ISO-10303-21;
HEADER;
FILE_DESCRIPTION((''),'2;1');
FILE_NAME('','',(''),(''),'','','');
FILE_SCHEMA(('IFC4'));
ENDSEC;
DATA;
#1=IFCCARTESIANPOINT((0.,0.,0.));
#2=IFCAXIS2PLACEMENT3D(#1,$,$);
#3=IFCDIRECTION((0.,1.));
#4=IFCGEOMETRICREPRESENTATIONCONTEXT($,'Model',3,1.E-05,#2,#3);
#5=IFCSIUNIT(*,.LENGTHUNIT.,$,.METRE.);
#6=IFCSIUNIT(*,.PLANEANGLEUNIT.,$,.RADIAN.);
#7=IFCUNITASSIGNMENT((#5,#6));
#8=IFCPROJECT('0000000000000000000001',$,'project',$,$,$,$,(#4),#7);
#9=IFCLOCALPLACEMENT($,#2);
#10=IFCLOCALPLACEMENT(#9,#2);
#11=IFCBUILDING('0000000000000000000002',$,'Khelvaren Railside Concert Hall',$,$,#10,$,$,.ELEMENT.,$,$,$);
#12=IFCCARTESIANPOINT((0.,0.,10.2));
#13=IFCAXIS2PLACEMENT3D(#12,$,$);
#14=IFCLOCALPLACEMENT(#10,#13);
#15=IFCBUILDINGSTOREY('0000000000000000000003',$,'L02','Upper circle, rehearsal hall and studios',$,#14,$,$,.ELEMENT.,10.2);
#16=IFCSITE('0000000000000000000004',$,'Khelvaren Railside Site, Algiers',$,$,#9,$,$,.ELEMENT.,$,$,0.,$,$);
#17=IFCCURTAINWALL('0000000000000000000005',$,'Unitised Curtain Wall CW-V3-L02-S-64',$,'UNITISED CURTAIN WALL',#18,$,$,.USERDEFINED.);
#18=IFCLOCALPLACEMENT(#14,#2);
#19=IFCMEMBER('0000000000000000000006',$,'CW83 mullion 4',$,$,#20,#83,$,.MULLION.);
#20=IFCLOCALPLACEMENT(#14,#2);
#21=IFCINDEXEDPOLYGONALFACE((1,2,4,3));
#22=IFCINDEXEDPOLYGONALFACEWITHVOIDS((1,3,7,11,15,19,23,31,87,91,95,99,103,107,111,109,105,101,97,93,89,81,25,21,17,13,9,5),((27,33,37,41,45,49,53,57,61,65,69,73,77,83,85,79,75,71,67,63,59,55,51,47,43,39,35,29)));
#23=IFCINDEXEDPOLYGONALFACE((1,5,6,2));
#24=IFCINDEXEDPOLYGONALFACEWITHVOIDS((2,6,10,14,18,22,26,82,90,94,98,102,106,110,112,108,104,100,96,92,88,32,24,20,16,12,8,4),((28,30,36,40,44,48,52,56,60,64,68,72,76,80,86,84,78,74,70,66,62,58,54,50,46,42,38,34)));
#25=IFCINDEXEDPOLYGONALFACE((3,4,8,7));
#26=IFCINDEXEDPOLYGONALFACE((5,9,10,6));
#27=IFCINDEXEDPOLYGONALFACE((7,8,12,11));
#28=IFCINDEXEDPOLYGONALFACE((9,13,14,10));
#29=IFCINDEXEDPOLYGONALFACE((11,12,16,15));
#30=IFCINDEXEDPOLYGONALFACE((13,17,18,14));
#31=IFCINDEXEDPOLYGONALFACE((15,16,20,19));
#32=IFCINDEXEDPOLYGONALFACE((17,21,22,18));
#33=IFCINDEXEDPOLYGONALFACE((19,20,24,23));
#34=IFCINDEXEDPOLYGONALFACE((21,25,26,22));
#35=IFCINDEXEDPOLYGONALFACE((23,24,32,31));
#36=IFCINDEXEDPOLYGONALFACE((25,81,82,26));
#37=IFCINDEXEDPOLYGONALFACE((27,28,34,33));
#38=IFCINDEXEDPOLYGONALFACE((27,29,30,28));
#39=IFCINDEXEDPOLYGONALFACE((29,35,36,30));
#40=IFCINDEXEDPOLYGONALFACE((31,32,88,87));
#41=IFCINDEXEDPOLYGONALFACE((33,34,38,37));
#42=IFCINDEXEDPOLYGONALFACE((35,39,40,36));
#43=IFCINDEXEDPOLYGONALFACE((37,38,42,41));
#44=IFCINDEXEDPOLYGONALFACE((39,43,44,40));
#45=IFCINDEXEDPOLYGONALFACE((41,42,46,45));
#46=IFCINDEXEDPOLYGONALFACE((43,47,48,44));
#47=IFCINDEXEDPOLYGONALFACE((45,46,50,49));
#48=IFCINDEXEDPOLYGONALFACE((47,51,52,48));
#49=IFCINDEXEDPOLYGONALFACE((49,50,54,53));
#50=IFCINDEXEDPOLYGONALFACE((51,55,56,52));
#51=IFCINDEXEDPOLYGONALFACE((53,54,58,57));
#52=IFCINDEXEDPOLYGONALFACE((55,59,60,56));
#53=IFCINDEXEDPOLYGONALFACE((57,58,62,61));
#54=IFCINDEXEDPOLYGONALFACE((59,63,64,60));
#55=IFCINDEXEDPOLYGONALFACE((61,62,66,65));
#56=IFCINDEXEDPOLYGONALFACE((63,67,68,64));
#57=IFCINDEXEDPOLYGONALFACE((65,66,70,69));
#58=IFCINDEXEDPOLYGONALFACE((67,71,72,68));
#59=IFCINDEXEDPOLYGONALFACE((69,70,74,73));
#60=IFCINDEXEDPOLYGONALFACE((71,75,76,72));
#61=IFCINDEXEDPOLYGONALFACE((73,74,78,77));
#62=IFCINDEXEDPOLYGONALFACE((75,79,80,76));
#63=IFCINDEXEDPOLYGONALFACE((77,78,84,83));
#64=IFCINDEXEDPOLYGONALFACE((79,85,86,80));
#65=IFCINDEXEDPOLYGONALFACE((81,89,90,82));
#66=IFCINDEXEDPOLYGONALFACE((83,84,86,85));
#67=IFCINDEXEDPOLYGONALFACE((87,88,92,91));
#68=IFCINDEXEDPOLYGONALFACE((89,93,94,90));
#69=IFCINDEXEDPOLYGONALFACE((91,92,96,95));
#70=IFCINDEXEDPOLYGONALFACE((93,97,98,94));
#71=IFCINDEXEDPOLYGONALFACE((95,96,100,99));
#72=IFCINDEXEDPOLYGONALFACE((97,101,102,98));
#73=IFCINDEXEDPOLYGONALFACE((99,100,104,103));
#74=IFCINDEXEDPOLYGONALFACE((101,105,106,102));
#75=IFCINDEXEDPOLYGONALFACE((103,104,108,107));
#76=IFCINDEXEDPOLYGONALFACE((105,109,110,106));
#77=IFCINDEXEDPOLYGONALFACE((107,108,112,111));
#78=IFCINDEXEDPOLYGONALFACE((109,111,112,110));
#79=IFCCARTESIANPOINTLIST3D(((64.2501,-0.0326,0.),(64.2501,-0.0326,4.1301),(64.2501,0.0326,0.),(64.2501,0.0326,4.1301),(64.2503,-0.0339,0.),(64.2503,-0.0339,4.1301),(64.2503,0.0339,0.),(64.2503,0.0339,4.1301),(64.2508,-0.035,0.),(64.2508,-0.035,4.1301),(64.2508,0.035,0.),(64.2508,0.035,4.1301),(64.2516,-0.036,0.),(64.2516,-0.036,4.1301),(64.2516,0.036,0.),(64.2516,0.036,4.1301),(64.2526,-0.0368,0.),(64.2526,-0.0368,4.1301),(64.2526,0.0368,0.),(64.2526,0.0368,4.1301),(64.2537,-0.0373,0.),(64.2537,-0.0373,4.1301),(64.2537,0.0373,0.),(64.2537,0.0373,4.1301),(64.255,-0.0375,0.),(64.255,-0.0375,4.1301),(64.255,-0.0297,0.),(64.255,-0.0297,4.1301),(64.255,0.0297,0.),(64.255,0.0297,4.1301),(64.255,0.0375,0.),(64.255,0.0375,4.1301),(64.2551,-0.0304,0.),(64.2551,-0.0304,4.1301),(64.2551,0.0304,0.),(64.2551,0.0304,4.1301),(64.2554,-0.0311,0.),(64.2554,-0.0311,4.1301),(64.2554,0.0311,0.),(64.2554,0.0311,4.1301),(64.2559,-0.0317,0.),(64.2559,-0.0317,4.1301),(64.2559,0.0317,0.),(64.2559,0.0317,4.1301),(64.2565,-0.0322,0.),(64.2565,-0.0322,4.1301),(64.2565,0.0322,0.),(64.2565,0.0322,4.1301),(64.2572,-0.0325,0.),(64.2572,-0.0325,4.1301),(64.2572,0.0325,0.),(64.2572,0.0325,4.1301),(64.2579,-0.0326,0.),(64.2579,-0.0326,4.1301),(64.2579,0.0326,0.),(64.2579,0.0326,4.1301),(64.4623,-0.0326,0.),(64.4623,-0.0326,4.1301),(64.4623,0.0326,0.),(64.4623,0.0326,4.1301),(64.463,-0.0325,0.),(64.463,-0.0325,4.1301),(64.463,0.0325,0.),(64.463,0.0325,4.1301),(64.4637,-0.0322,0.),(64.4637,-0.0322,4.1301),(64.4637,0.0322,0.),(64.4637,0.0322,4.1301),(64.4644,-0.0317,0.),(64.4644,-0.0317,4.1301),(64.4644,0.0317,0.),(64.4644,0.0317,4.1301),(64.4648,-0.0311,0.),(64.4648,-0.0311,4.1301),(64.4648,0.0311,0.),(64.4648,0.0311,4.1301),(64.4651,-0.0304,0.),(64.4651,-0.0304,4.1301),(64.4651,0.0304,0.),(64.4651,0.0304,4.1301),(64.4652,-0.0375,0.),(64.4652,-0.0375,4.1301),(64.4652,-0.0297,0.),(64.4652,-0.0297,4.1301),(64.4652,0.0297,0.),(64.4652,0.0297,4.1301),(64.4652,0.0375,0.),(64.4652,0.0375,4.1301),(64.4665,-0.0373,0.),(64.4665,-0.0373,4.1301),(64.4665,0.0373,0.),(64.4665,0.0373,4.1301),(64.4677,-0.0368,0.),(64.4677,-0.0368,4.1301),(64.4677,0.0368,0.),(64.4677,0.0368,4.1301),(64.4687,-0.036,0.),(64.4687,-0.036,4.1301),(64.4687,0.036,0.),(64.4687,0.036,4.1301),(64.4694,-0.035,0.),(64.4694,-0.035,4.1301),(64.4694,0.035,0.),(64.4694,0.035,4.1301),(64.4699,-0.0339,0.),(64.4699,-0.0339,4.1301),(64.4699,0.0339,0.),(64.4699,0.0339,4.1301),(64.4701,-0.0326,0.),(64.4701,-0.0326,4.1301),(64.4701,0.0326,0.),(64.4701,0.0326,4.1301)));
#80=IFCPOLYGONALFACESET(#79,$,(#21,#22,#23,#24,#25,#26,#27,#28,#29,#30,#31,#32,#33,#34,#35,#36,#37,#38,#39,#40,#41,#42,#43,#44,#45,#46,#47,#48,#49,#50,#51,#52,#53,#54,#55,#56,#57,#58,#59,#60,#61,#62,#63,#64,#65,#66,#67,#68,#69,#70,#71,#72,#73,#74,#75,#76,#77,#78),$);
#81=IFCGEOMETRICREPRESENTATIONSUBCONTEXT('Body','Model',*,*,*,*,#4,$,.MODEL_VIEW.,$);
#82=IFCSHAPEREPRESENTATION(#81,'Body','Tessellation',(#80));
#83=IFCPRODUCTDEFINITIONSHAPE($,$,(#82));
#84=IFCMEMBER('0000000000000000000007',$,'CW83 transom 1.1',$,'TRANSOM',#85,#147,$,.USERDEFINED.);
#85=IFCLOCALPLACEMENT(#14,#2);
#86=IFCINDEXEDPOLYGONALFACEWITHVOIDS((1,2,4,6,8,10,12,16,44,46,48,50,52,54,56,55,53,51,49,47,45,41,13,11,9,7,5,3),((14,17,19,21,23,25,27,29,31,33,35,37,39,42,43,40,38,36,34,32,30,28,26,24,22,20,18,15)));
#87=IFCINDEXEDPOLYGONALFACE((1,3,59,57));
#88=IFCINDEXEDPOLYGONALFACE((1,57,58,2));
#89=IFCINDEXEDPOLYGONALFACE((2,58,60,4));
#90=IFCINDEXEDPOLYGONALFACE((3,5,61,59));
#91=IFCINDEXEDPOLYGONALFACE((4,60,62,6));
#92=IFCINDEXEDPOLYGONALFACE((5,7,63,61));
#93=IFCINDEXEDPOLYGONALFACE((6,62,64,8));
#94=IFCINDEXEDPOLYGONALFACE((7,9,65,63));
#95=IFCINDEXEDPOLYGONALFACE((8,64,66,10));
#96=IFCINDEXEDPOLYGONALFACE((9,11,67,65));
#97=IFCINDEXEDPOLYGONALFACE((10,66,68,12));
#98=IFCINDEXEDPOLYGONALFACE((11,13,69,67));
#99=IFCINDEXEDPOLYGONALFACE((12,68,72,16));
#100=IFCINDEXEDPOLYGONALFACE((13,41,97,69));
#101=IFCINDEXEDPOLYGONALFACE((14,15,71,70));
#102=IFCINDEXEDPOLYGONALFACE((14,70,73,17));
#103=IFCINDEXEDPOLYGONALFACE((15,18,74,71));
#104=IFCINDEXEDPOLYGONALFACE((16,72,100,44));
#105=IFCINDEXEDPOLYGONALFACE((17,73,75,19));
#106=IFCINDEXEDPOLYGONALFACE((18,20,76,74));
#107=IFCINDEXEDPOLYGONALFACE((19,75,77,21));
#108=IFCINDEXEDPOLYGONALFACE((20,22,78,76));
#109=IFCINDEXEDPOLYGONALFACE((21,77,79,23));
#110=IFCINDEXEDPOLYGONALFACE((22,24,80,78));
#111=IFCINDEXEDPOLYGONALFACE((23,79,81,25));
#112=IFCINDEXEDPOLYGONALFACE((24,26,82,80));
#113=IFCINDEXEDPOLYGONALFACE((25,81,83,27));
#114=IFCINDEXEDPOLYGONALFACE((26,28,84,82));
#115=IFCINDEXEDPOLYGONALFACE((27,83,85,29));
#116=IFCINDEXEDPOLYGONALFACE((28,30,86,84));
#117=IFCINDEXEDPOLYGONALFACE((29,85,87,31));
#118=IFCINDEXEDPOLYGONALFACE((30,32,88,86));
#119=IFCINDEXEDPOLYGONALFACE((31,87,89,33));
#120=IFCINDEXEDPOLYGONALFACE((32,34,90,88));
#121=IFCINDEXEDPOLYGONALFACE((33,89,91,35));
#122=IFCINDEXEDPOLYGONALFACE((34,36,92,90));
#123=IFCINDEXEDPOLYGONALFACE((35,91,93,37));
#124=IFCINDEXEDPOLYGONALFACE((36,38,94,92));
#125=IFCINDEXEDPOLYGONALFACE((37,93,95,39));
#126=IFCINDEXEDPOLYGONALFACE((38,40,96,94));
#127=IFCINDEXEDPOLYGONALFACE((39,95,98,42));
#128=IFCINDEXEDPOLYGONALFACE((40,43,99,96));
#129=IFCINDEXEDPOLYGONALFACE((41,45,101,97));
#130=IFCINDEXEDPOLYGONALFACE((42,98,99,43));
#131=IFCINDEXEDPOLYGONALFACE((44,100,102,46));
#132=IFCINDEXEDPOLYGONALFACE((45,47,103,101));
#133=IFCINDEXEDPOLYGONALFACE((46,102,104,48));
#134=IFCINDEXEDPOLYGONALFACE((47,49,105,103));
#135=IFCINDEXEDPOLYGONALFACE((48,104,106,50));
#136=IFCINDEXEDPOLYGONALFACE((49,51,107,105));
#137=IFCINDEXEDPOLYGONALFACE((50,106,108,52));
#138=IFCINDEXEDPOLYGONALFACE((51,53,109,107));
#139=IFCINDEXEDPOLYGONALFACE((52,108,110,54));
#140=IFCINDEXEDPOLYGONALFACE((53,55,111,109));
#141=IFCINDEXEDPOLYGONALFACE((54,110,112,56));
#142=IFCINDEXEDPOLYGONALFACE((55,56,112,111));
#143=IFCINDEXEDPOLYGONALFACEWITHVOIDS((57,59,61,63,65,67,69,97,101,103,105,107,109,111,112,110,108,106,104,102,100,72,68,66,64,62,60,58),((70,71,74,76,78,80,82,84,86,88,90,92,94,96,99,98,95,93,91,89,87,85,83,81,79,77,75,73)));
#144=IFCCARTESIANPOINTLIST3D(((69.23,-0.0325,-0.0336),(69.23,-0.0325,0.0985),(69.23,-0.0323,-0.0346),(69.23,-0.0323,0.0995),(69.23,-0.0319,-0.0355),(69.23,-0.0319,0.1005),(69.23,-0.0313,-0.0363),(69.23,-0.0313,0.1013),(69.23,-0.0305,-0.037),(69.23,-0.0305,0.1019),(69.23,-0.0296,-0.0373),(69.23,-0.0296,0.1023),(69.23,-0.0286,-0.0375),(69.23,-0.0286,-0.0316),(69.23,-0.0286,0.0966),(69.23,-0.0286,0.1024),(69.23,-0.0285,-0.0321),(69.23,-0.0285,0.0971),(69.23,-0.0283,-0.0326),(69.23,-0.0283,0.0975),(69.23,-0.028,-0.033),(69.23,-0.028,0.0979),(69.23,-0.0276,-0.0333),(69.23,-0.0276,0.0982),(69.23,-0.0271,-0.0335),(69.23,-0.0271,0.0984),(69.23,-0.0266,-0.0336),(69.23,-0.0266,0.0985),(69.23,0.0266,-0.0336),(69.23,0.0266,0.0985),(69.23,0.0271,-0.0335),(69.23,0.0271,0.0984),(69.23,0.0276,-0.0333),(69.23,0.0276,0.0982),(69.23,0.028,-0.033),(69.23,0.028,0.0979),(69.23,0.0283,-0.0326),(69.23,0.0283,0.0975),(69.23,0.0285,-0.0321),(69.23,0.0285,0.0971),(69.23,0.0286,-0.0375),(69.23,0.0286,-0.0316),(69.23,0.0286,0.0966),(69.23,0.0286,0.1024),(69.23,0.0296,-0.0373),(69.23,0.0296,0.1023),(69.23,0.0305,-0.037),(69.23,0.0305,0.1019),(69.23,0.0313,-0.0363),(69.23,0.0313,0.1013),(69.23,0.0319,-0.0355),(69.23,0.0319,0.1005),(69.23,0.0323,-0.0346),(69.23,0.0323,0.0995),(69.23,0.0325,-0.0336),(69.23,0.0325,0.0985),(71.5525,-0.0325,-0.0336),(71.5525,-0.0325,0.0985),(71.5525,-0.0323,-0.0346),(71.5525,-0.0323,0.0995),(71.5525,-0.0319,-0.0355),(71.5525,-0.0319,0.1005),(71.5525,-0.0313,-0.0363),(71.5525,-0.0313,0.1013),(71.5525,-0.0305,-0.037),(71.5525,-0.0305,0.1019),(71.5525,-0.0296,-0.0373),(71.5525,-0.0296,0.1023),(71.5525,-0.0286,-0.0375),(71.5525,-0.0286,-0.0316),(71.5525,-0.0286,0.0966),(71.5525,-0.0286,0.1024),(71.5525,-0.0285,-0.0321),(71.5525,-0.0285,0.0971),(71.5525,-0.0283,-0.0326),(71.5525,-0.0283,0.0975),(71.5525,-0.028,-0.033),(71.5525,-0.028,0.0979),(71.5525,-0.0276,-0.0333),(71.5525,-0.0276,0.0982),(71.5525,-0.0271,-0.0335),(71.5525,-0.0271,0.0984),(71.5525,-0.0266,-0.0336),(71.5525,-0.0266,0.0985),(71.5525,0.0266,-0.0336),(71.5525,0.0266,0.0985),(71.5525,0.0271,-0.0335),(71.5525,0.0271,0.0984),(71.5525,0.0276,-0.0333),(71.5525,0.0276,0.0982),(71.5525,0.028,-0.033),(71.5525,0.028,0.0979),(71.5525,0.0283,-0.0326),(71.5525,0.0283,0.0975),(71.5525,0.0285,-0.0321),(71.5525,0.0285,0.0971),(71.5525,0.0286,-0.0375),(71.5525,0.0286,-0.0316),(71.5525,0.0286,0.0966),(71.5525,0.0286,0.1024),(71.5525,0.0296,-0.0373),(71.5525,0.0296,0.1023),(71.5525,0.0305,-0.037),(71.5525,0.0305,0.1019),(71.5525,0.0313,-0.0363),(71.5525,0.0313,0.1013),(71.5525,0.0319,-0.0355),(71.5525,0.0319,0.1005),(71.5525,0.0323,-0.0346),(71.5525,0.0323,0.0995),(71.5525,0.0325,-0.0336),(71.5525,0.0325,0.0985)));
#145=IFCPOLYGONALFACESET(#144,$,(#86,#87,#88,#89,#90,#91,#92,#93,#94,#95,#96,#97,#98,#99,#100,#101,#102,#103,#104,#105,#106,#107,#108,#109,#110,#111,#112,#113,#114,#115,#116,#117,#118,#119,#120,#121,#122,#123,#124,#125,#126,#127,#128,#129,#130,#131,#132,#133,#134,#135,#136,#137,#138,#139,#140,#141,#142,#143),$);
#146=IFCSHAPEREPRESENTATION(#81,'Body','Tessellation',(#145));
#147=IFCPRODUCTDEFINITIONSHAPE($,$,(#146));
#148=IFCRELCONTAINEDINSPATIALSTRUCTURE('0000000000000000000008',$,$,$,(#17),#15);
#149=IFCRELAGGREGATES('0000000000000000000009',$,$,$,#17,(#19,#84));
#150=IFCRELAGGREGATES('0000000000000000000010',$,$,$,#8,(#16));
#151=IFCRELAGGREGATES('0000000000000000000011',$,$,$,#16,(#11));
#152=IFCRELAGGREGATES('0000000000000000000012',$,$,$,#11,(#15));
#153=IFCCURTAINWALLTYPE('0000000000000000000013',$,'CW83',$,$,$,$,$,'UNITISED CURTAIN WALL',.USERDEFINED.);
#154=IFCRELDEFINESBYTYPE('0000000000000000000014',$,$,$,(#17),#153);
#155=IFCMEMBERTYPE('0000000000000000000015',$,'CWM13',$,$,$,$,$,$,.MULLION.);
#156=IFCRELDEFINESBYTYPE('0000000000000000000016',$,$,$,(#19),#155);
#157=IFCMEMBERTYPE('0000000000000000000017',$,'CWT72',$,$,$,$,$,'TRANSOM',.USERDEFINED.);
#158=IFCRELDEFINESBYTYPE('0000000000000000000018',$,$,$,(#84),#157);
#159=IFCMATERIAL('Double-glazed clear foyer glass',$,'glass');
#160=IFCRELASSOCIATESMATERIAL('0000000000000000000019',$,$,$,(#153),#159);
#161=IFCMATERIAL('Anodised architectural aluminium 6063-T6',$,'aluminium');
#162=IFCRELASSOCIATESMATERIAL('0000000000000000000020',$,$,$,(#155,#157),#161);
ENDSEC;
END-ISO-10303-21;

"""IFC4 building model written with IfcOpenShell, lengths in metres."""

from ifc_helpers import new_model, si_unit, direction, frame, origin, origin_2d, place, context, subcontext, project, spatial, hollow_rectangle, extrude, material, material_profile, profile_set, type_object, element, aggregate, save


model = new_model("IFC4")

# Units and contexts
model_context = context("Model", 3, precision=1e-05, world=origin(), true_north=direction((0.0, 1.0)))
body_context = subcontext(model_context, "Body", "Model", "MODEL_VIEW")
ifc_project = project(units=[si_unit("LENGTHUNIT", "METRE"), si_unit("PLANEANGLEUNIT", "RADIAN")], contexts=[model_context])

# Site, building, storey
site_placement = place(None, origin())
site = spatial("IfcSite", under=ifc_project, at=site_placement, Name="Khelvaren Railside Site, Algiers", CompositionType="ELEMENT", RefElevation=0.0)
building_placement = place(site_placement, origin())
building = spatial("IfcBuilding", under=site, at=building_placement, Name="Khelvaren Railside Concert Hall", CompositionType="ELEMENT")
storey_placement = place(building_placement, frame((0.0, 0.0, 10.2)))
storey = spatial("IfcBuildingStorey", under=building, at=storey_placement, Name="L02", Description="Upper circle, rehearsal hall and studios", CompositionType="ELEMENT", Elevation=10.2)

# Curtain wall, members
ifc_material_1 = material(Name="Double-glazed clear foyer glass", Category="glass")
curtain_wall_type = type_object("IfcCurtainWallType", Name="CW83", ElementType="UNITISED CURTAIN WALL", PredefinedType="USERDEFINED", material=ifc_material_1)
curtain_wall_placement = place(storey_placement, origin())
curtain_wall = element("IfcCurtainWall", 1, at=curtain_wall_placement, inside=storey, type_object=curtain_wall_type, Name="Unitised Curtain Wall CW-V3-L02-S-64", ObjectType="UNITISED CURTAIN WALL", PredefinedType="USERDEFINED")
ifc_material_2 = material(Name="Anodised architectural aluminium 6063-T6", Category="aluminium")
ifc_material_profile_1 = material_profile(ifc_material_2, hollow_rectangle(XDim=0.075, YDim=0.22, WallThickness=0.0049, InnerFilletRadius=0.0029, OuterFilletRadius=0.0049, at=origin_2d()), Name="CWM 75x220x5")
ifc_profile_set_1 = profile_set([ifc_material_profile_1], Name="Anodised architectural aluminium 6063-T6")
member_type_1 = type_object("IfcMemberType", Name="CWM13", PredefinedType="MULLION", material=ifc_profile_set_1)
member_1_placement = place(storey_placement, frame((64.3601, 0.0, 0.0), z_axis=(0.0, 0.0, 1.0), x_axis=(0.0, -1.0, 0.0)))
member_1 = element("IfcMember", 2, at=member_1_placement, type_object=member_type_1, Name="CW83 mullion 4", PredefinedType="MULLION", context=body_context, shape_type="SweptSolid", body=[
    extrude(hollow_rectangle(XDim=0.075, YDim=0.22, WallThickness=0.0049, InnerFilletRadius=0.0029, OuterFilletRadius=0.0049, at=origin_2d()), origin(), (0.0, 0.0, 1.0), 4.1301),
])
ifc_material_profile_2 = material_profile(ifc_material_2, hollow_rectangle(XDim=0.0649, YDim=0.1399, WallThickness=0.0039, InnerFilletRadius=0.002, OuterFilletRadius=0.0039, at=origin_2d()), Name="CWT 65x140x4")
ifc_profile_set_2 = profile_set([ifc_material_profile_2], Name="Anodised architectural aluminium 6063-T6")
member_type_2 = type_object("IfcMemberType", Name="CWT72", ElementType="TRANSOM", PredefinedType="USERDEFINED", material=ifc_profile_set_2)
member_2_placement = place(storey_placement, frame((71.5525, 0.0, 0.0325), z_axis=(-1.0, 0.0, 0.0), x_axis=(0.0, -1.0, 0.0)))
member_2 = element("IfcMember", 3, at=member_2_placement, type_object=member_type_2, Name="CW83 transom 1.1", ObjectType="TRANSOM", PredefinedType="USERDEFINED", context=body_context, shape_type="SweptSolid", body=[
    extrude(hollow_rectangle(XDim=0.0649, YDim=0.1399, WallThickness=0.0039, InnerFilletRadius=0.002, OuterFilletRadius=0.0039, at=origin_2d()), origin(), (0.0, 0.0, 1.0), 2.3225),
])

aggregate(curtain_wall, [member_1, member_2])

save(model, "model.ifc")
